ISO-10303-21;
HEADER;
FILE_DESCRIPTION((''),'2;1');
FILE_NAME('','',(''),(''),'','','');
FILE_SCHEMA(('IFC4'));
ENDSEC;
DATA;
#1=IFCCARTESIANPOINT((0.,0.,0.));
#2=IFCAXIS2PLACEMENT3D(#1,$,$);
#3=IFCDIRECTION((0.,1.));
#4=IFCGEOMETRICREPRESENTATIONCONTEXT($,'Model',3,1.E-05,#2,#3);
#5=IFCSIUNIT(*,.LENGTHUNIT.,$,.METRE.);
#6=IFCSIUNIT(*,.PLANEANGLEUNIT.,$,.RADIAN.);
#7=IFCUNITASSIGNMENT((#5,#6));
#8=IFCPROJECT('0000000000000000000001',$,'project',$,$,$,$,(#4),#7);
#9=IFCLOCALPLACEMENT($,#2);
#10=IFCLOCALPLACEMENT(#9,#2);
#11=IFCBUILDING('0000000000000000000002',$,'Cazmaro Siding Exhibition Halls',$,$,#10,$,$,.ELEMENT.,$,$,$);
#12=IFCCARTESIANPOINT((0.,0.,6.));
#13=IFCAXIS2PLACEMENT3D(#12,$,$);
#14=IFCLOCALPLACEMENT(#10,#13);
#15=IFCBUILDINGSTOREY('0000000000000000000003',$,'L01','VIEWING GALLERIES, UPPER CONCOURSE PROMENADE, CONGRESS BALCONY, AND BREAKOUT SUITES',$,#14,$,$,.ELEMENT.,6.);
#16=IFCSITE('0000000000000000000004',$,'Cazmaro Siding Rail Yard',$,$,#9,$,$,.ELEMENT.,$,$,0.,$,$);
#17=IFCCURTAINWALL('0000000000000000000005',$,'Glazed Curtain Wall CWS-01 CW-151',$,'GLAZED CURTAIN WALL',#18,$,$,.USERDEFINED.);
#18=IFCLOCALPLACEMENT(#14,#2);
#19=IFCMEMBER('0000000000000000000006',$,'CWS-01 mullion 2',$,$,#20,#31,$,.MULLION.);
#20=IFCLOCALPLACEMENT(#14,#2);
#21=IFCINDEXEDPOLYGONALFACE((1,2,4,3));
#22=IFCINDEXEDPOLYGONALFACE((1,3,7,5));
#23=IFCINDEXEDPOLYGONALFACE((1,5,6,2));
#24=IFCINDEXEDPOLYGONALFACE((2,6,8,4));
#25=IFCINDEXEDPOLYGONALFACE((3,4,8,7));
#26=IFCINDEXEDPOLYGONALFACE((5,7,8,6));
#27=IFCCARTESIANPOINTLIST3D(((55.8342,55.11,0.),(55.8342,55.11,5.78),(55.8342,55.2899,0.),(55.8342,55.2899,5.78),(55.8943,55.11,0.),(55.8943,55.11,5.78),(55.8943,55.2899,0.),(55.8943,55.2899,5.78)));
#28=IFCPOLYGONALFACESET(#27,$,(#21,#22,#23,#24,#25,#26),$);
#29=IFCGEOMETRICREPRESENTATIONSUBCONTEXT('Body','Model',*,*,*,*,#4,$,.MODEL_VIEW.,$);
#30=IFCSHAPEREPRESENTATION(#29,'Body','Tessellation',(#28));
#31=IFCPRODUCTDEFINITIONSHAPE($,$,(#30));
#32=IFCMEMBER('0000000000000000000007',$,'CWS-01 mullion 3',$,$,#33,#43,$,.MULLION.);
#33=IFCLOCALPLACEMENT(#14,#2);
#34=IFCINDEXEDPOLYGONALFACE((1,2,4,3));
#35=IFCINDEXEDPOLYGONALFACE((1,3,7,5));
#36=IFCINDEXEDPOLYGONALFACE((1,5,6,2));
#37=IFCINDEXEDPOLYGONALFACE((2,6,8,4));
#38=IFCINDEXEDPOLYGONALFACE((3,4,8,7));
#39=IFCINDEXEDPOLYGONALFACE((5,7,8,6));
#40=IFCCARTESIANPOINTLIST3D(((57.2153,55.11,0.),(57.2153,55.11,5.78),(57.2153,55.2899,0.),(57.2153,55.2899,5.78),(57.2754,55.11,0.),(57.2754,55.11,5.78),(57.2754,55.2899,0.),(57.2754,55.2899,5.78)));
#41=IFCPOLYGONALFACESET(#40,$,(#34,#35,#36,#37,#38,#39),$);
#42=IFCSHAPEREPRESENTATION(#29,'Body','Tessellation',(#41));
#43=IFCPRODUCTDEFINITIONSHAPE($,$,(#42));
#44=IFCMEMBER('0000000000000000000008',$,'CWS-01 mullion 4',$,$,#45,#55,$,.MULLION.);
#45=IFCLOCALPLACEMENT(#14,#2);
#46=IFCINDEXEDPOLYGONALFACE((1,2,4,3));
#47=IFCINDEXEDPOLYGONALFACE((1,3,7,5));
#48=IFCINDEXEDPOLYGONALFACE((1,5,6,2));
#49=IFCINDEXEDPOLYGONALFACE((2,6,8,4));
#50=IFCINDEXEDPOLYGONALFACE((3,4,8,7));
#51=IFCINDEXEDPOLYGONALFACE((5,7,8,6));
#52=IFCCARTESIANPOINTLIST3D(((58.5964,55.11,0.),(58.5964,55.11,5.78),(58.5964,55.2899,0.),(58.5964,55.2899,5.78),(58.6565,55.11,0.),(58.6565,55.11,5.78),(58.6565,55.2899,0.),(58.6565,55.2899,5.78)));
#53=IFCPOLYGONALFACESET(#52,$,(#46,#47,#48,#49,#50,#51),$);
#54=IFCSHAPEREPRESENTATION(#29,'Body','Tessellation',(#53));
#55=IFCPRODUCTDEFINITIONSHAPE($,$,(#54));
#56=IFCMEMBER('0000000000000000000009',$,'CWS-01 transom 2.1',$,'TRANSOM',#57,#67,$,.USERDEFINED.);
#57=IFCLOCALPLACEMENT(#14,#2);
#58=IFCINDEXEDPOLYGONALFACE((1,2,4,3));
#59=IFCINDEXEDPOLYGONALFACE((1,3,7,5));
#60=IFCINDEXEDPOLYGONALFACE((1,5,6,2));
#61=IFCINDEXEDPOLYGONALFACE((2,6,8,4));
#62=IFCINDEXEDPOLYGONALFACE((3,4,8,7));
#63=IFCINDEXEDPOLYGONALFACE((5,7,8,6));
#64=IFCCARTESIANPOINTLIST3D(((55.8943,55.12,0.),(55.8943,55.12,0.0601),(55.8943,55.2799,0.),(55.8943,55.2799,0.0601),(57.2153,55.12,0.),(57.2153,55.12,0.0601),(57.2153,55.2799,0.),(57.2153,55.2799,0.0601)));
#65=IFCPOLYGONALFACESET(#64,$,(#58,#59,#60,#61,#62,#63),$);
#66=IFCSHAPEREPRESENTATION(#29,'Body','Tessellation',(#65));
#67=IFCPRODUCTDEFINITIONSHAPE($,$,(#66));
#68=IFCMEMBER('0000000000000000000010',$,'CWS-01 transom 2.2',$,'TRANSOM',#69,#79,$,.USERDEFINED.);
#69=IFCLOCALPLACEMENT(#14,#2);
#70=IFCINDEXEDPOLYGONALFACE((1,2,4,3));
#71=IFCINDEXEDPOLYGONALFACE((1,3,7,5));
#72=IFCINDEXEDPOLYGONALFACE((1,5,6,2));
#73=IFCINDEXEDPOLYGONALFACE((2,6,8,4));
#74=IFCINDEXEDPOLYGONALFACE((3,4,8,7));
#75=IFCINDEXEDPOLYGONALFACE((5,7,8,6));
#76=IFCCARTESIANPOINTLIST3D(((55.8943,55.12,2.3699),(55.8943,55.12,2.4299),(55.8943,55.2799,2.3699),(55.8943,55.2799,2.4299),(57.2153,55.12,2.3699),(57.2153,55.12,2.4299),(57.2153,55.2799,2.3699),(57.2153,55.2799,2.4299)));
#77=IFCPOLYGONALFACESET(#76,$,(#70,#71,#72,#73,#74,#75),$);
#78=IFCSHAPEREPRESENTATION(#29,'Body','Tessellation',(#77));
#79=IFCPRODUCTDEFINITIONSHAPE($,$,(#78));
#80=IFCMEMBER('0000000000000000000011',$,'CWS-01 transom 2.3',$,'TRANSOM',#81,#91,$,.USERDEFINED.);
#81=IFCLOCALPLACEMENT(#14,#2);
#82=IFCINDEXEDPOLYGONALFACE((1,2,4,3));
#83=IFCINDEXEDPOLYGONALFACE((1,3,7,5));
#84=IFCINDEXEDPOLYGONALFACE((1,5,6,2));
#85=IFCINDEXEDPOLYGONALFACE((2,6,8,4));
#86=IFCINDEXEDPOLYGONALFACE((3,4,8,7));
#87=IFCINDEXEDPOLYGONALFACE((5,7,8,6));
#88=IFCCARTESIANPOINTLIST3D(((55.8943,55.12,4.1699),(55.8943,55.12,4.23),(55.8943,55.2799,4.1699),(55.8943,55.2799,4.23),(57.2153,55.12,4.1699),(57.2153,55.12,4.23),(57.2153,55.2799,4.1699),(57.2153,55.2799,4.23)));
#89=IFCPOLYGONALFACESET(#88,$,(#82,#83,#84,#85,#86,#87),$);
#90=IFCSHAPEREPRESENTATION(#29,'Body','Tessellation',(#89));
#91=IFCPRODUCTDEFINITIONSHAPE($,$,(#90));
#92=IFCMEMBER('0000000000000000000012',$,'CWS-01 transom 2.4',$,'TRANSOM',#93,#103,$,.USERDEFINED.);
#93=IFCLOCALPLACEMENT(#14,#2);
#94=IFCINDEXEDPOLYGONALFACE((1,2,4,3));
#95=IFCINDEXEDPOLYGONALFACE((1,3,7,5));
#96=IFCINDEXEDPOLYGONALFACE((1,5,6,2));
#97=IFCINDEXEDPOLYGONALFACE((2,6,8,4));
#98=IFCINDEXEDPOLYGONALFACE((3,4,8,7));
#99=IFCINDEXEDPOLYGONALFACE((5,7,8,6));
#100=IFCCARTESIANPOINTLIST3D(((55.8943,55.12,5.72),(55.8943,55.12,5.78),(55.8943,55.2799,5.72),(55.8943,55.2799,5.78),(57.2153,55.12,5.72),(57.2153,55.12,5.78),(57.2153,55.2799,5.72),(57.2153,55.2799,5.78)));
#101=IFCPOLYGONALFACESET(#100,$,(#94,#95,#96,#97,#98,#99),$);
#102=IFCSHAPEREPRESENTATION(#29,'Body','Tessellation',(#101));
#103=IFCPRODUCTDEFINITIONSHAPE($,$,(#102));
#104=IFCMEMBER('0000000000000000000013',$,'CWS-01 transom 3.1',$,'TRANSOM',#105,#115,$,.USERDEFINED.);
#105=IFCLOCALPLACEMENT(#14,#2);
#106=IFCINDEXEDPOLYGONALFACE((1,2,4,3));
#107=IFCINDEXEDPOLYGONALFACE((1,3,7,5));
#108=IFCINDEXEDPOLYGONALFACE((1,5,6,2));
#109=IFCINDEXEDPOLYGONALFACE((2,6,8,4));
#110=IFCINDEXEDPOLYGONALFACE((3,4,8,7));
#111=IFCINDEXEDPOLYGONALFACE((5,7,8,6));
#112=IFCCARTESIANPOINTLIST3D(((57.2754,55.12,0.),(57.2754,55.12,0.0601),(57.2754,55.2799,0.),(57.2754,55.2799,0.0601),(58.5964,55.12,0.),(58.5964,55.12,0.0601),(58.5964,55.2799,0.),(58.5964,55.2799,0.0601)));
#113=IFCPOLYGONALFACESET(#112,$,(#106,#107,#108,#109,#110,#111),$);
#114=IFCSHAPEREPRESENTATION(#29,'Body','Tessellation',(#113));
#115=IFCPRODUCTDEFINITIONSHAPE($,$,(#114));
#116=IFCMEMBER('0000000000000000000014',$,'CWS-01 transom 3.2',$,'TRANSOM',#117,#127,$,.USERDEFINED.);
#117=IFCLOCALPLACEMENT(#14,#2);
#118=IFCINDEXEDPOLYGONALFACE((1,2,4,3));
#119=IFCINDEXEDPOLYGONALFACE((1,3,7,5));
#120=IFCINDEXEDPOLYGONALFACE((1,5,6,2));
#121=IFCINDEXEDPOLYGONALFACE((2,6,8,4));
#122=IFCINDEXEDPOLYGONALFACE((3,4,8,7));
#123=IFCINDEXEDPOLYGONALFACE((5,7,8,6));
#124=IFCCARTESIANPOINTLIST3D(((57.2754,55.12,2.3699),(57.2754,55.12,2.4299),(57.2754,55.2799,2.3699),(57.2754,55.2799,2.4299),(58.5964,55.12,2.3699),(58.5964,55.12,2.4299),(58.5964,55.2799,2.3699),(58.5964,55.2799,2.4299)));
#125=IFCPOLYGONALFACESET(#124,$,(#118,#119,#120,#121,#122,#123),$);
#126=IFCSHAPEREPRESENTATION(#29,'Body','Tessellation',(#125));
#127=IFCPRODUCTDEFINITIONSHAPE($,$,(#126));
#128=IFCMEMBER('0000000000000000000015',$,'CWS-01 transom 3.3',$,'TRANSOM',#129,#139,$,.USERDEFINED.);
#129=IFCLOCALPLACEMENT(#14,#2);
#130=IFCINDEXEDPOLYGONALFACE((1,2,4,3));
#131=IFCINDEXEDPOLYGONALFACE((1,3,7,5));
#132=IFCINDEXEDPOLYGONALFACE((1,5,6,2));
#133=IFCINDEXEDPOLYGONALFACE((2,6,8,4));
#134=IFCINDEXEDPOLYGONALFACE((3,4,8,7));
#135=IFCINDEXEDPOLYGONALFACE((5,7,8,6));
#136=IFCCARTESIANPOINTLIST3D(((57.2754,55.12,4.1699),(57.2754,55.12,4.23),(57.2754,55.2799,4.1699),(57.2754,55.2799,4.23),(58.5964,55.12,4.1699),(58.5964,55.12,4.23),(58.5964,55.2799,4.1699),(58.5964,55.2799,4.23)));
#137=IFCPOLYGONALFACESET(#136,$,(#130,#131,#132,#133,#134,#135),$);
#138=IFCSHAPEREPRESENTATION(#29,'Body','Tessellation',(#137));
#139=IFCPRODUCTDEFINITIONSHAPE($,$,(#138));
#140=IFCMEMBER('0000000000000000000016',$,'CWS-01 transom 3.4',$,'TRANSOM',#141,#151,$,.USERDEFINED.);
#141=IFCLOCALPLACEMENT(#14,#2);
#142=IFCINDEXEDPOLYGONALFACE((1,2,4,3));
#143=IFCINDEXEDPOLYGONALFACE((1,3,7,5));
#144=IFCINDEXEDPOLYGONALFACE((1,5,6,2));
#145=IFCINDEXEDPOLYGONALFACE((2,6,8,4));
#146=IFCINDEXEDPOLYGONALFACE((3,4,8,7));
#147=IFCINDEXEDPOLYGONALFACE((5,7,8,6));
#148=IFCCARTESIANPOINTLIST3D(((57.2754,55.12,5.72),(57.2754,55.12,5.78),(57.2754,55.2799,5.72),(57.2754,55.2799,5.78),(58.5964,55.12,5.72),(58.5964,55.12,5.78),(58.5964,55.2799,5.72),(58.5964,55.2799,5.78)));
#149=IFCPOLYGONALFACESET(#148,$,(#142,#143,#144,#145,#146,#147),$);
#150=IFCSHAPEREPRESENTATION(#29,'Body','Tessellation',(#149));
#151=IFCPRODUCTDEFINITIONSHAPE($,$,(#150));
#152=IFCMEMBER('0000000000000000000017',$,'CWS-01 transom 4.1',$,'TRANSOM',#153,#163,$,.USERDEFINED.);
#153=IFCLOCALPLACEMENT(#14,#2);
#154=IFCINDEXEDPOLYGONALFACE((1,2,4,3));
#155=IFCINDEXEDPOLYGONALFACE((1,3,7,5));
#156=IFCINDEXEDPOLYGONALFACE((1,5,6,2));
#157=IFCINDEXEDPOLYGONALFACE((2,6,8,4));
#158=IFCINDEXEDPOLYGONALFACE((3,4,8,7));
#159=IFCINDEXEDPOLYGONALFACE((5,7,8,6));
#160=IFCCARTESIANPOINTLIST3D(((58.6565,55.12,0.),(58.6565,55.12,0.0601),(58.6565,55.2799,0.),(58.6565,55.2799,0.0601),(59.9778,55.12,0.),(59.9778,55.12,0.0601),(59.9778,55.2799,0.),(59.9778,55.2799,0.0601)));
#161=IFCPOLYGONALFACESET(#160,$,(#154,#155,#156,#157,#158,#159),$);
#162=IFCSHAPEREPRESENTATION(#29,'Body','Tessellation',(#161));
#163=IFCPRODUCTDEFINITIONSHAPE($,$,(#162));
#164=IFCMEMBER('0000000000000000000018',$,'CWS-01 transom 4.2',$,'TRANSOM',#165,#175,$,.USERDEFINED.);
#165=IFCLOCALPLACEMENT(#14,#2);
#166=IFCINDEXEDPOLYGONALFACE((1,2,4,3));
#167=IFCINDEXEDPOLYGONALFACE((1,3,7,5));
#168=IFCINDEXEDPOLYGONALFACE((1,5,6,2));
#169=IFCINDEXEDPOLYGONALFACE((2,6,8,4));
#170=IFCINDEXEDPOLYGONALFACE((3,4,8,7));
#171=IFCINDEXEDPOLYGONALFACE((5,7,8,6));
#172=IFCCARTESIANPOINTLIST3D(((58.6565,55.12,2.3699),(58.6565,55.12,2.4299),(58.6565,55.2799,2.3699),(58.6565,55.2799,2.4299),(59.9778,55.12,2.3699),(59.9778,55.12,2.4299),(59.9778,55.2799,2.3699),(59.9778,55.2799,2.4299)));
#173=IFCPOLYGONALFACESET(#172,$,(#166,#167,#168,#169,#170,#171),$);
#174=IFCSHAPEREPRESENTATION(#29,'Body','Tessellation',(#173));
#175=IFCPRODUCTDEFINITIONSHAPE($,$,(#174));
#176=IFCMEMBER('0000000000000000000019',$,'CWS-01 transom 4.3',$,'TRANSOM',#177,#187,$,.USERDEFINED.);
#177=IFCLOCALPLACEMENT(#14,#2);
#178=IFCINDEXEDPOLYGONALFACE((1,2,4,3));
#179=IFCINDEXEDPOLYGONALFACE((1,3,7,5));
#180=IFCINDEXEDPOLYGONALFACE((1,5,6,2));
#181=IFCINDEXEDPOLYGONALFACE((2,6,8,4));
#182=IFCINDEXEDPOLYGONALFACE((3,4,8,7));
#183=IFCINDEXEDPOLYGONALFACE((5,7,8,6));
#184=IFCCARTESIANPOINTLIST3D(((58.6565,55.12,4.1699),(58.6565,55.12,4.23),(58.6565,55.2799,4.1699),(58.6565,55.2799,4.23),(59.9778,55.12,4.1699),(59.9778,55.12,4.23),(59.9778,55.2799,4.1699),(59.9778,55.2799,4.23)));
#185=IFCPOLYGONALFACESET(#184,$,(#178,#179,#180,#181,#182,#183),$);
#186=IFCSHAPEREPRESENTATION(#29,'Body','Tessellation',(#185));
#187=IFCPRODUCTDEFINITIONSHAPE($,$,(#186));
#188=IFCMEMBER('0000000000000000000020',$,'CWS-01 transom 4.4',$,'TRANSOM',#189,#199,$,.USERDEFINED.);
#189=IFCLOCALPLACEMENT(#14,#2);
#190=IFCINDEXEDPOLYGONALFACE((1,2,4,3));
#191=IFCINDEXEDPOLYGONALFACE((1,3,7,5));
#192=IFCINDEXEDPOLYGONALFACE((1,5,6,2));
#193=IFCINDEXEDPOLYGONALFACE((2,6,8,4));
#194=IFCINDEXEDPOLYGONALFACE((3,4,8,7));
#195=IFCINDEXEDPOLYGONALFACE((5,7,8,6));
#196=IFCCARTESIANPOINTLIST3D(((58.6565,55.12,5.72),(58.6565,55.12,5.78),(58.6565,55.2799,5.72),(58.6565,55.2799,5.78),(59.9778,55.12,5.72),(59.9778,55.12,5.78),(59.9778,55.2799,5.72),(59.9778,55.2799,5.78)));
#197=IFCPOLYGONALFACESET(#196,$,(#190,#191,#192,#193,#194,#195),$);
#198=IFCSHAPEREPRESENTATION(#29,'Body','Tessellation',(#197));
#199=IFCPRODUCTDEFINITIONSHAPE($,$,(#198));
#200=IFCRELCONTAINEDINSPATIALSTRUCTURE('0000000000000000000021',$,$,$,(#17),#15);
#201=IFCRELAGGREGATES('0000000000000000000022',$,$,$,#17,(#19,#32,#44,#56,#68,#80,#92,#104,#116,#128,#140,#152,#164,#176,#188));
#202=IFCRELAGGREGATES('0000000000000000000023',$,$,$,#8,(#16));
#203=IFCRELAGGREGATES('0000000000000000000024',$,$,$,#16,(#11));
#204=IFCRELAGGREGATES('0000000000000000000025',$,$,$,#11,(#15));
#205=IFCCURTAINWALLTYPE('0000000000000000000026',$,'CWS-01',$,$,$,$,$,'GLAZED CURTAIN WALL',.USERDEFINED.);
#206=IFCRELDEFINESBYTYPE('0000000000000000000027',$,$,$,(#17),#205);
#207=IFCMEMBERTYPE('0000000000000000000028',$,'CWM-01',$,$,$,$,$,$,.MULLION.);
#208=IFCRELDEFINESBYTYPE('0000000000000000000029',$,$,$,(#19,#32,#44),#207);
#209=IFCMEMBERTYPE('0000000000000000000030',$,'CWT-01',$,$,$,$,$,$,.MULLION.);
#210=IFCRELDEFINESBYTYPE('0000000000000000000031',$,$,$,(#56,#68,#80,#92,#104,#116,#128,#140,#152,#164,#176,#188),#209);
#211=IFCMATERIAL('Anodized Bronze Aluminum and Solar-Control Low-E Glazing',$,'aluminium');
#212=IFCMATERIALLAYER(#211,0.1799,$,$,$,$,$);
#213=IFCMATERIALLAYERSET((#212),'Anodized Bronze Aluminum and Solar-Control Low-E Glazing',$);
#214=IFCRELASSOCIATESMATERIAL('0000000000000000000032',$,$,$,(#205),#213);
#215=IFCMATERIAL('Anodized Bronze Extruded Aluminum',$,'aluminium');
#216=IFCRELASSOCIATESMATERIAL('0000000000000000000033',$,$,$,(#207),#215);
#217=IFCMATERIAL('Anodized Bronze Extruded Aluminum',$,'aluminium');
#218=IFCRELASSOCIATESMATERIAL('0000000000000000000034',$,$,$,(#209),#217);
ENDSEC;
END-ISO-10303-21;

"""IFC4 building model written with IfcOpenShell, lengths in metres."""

from ifc_helpers import new_model, si_unit, direction, frame, origin, origin_2d, place, context, subcontext, project, spatial, rectangle, extrude, material, layer, layer_set, material_profile, profile_set, type_object, element, aggregate, save


model = new_model("IFC4")

# Units and contexts
model_context = context("Model", 3, precision=1e-05, world=origin(), true_north=direction((0.0, 1.0)))
body_context = subcontext(model_context, "Body", "Model", "MODEL_VIEW")
ifc_project = project(units=[si_unit("LENGTHUNIT", "METRE"), si_unit("PLANEANGLEUNIT", "RADIAN")], contexts=[model_context])

# Site, building, storey
site_placement = place(None, origin())
site = spatial("IfcSite", under=ifc_project, at=site_placement, Name="Cazmaro Siding Rail Yard", CompositionType="ELEMENT", RefElevation=0.0)
building_placement = place(site_placement, origin())
building = spatial("IfcBuilding", under=site, at=building_placement, Name="Cazmaro Siding Exhibition Halls", CompositionType="ELEMENT")
storey_placement = place(building_placement, frame((0.0, 0.0, 6.0)))
storey = spatial("IfcBuildingStorey", under=building, at=storey_placement, Name="L01", Description="VIEWING GALLERIES, UPPER CONCOURSE PROMENADE, CONGRESS BALCONY, AND BREAKOUT SUITES", CompositionType="ELEMENT", Elevation=6.0)

# Curtain wall, members
ifc_material_1 = material(Name="Anodized Bronze Aluminum and Solar-Control Low-E Glazing", Category="aluminium")
ifc_layer_1 = layer(ifc_material_1, 0.1799)
ifc_layer_set_1 = layer_set([ifc_layer_1], Name="Anodized Bronze Aluminum and Solar-Control Low-E Glazing")
curtain_wall_type = type_object("IfcCurtainWallType", Name="CWS-01", ElementType="GLAZED CURTAIN WALL", PredefinedType="USERDEFINED", material=ifc_layer_set_1)
curtain_wall_placement = place(storey_placement, origin())
curtain_wall = element("IfcCurtainWall", 1, at=curtain_wall_placement, inside=storey, type_object=curtain_wall_type, Name="Glazed Curtain Wall CWS-01 CW-151", ObjectType="GLAZED CURTAIN WALL", PredefinedType="USERDEFINED")
ifc_material_2 = material(Name="Anodized Bronze Extruded Aluminum", Category="aluminium")
ifc_material_profile_1 = material_profile(ifc_material_2, rectangle(XDim=0.1799, YDim=0.0601, at=origin_2d()), Name="CWM-01")
ifc_profile_set_1 = profile_set([ifc_material_profile_1], Name="Anodized Bronze Extruded Aluminum")
member_type_1 = type_object("IfcMemberType", Name="CWM-01", PredefinedType="MULLION", material=ifc_profile_set_1)
member_1_placement = place(storey_placement, frame((55.8643, 55.2, 0.0), z_axis=(0.0, 0.0, 1.0), x_axis=(0.0, 1.0, 0.0)))
member_1 = element("IfcMember", 2, at=member_1_placement, type_object=member_type_1, Name="CWS-01 mullion 2", PredefinedType="MULLION", context=body_context, shape_type="SweptSolid", body=[
    extrude(rectangle(XDim=0.1799, YDim=0.0601, at=origin_2d()), origin(), (0.0, 0.0, 1.0), 5.78),
])
member_2_placement = place(storey_placement, frame((57.2454, 55.2, 0.0), z_axis=(0.0, 0.0, 1.0), x_axis=(0.0, 1.0, 0.0)))
member_2 = element("IfcMember", 3, at=member_2_placement, type_object=member_type_1, Name="CWS-01 mullion 3", PredefinedType="MULLION", context=body_context, shape_type="SweptSolid", body=[
    extrude(rectangle(XDim=0.1799, YDim=0.0601, at=origin_2d()), origin(), (0.0, 0.0, 1.0), 5.78),
])
member_3_placement = place(storey_placement, frame((58.6265, 55.2, 0.0), z_axis=(0.0, 0.0, 1.0), x_axis=(0.0, 1.0, 0.0)))
member_3 = element("IfcMember", 4, at=member_3_placement, type_object=member_type_1, Name="CWS-01 mullion 4", PredefinedType="MULLION", context=body_context, shape_type="SweptSolid", body=[
    extrude(rectangle(XDim=0.1799, YDim=0.0601, at=origin_2d()), origin(), (0.0, 0.0, 1.0), 5.78),
])
ifc_material_3 = material(Name="Anodized Bronze Extruded Aluminum", Category="aluminium")
ifc_material_profile_2 = material_profile(ifc_material_3, rectangle(XDim=0.1599, YDim=0.0601, at=origin_2d()), Name="CWT-01")
ifc_profile_set_2 = profile_set([ifc_material_profile_2], Name="Anodized Bronze Extruded Aluminum")
member_type_2 = type_object("IfcMemberType", Name="CWT-01", PredefinedType="MULLION", material=ifc_profile_set_2)
member_4_placement = place(storey_placement, frame((55.8943, 55.2, 0.03), z_axis=(1.0, 0.0, 0.0), x_axis=(0.0, 1.0, 0.0)))
member_4 = element("IfcMember", 5, at=member_4_placement, type_object=member_type_2, Name="CWS-01 transom 2.1", ObjectType="TRANSOM", PredefinedType="USERDEFINED", context=body_context, shape_type="SweptSolid", body=[
    extrude(rectangle(XDim=0.1599, YDim=0.0601, at=origin_2d()), origin(), (0.0, 0.0, 1.0), 1.321),
])
member_5_placement = place(storey_placement, frame((55.8943, 55.2, 2.3999), z_axis=(1.0, 0.0, 0.0), x_axis=(0.0, 1.0, 0.0)))
member_5 = element("IfcMember", 6, at=member_5_placement, type_object=member_type_2, Name="CWS-01 transom 2.2", ObjectType="TRANSOM", PredefinedType="USERDEFINED", context=body_context, shape_type="SweptSolid", body=[
    extrude(rectangle(XDim=0.1599, YDim=0.0601, at=origin_2d()), origin(), (0.0, 0.0, 1.0), 1.321),
])
member_6_placement = place(storey_placement, frame((55.8943, 55.2, 4.2), z_axis=(1.0, 0.0, 0.0), x_axis=(0.0, 1.0, 0.0)))
member_6 = element("IfcMember", 7, at=member_6_placement, type_object=member_type_2, Name="CWS-01 transom 2.3", ObjectType="TRANSOM", PredefinedType="USERDEFINED", context=body_context, shape_type="SweptSolid", body=[
    extrude(rectangle(XDim=0.1599, YDim=0.0601, at=origin_2d()), origin(), (0.0, 0.0, 1.0), 1.321),
])
member_7_placement = place(storey_placement, frame((55.8943, 55.2, 5.75), z_axis=(1.0, 0.0, 0.0), x_axis=(0.0, 1.0, 0.0)))
member_7 = element("IfcMember", 8, at=member_7_placement, type_object=member_type_2, Name="CWS-01 transom 2.4", ObjectType="TRANSOM", PredefinedType="USERDEFINED", context=body_context, shape_type="SweptSolid", body=[
    extrude(rectangle(XDim=0.1599, YDim=0.0601, at=origin_2d()), origin(), (0.0, 0.0, 1.0), 1.321),
])
member_8_placement = place(storey_placement, frame((57.2754, 55.2, 0.03), z_axis=(1.0, 0.0, 0.0), x_axis=(0.0, 1.0, 0.0)))
member_8 = element("IfcMember", 9, at=member_8_placement, type_object=member_type_2, Name="CWS-01 transom 3.1", ObjectType="TRANSOM", PredefinedType="USERDEFINED", context=body_context, shape_type="SweptSolid", body=[
    extrude(rectangle(XDim=0.1599, YDim=0.0601, at=origin_2d()), origin(), (0.0, 0.0, 1.0), 1.321),
])
member_9_placement = place(storey_placement, frame((57.2754, 55.2, 2.3999), z_axis=(1.0, 0.0, 0.0), x_axis=(0.0, 1.0, 0.0)))
member_9 = element("IfcMember", 10, at=member_9_placement, type_object=member_type_2, Name="CWS-01 transom 3.2", ObjectType="TRANSOM", PredefinedType="USERDEFINED", context=body_context, shape_type="SweptSolid", body=[
    extrude(rectangle(XDim=0.1599, YDim=0.0601, at=origin_2d()), origin(), (0.0, 0.0, 1.0), 1.321),
])
member_10_placement = place(storey_placement, frame((57.2754, 55.2, 4.2), z_axis=(1.0, 0.0, 0.0), x_axis=(0.0, 1.0, 0.0)))
member_10 = element("IfcMember", 11, at=member_10_placement, type_object=member_type_2, Name="CWS-01 transom 3.3", ObjectType="TRANSOM", PredefinedType="USERDEFINED", context=body_context, shape_type="SweptSolid", body=[
    extrude(rectangle(XDim=0.1599, YDim=0.0601, at=origin_2d()), origin(), (0.0, 0.0, 1.0), 1.321),
])
member_11_placement = place(storey_placement, frame((57.2754, 55.2, 5.75), z_axis=(1.0, 0.0, 0.0), x_axis=(0.0, 1.0, 0.0)))
member_11 = element("IfcMember", 12, at=member_11_placement, type_object=member_type_2, Name="CWS-01 transom 3.4", ObjectType="TRANSOM", PredefinedType="USERDEFINED", context=body_context, shape_type="SweptSolid", body=[
    extrude(rectangle(XDim=0.1599, YDim=0.0601, at=origin_2d()), origin(), (0.0, 0.0, 1.0), 1.321),
])
member_12_placement = place(storey_placement, frame((58.6565, 55.2, 0.03), z_axis=(1.0, 0.0, 0.0), x_axis=(0.0, 1.0, 0.0)))
member_12 = element("IfcMember", 13, at=member_12_placement, type_object=member_type_2, Name="CWS-01 transom 4.1", ObjectType="TRANSOM", PredefinedType="USERDEFINED", context=body_context, shape_type="SweptSolid", body=[
    extrude(rectangle(XDim=0.1599, YDim=0.0601, at=origin_2d()), origin(), (0.0, 0.0, 1.0), 1.3213),
])
member_13_placement = place(storey_placement, frame((58.6565, 55.2, 2.3999), z_axis=(1.0, 0.0, 0.0), x_axis=(0.0, 1.0, 0.0)))
member_13 = element("IfcMember", 14, at=member_13_placement, type_object=member_type_2, Name="CWS-01 transom 4.2", ObjectType="TRANSOM", PredefinedType="USERDEFINED", context=body_context, shape_type="SweptSolid", body=[
    extrude(rectangle(XDim=0.1599, YDim=0.0601, at=origin_2d()), origin(), (0.0, 0.0, 1.0), 1.3213),
])
member_14_placement = place(storey_placement, frame((58.6565, 55.2, 4.2), z_axis=(1.0, 0.0, 0.0), x_axis=(0.0, 1.0, 0.0)))
member_14 = element("IfcMember", 15, at=member_14_placement, type_object=member_type_2, Name="CWS-01 transom 4.3", ObjectType="TRANSOM", PredefinedType="USERDEFINED", context=body_context, shape_type="SweptSolid", body=[
    extrude(rectangle(XDim=0.1599, YDim=0.0601, at=origin_2d()), origin(), (0.0, 0.0, 1.0), 1.3213),
])
member_15_placement = place(storey_placement, frame((58.6565, 55.2, 5.75), z_axis=(1.0, 0.0, 0.0), x_axis=(0.0, 1.0, 0.0)))
member_15 = element("IfcMember", 16, at=member_15_placement, type_object=member_type_2, Name="CWS-01 transom 4.4", ObjectType="TRANSOM", PredefinedType="USERDEFINED", context=body_context, shape_type="SweptSolid", body=[
    extrude(rectangle(XDim=0.1599, YDim=0.0601, at=origin_2d()), origin(), (0.0, 0.0, 1.0), 1.3213),
])
aggregate(curtain_wall, [member_1, member_2, member_3, member_4, member_5, member_6, member_7, member_8, member_9, member_10, member_11, member_12, member_13, member_14, member_15])

save(model, "model.ifc")
